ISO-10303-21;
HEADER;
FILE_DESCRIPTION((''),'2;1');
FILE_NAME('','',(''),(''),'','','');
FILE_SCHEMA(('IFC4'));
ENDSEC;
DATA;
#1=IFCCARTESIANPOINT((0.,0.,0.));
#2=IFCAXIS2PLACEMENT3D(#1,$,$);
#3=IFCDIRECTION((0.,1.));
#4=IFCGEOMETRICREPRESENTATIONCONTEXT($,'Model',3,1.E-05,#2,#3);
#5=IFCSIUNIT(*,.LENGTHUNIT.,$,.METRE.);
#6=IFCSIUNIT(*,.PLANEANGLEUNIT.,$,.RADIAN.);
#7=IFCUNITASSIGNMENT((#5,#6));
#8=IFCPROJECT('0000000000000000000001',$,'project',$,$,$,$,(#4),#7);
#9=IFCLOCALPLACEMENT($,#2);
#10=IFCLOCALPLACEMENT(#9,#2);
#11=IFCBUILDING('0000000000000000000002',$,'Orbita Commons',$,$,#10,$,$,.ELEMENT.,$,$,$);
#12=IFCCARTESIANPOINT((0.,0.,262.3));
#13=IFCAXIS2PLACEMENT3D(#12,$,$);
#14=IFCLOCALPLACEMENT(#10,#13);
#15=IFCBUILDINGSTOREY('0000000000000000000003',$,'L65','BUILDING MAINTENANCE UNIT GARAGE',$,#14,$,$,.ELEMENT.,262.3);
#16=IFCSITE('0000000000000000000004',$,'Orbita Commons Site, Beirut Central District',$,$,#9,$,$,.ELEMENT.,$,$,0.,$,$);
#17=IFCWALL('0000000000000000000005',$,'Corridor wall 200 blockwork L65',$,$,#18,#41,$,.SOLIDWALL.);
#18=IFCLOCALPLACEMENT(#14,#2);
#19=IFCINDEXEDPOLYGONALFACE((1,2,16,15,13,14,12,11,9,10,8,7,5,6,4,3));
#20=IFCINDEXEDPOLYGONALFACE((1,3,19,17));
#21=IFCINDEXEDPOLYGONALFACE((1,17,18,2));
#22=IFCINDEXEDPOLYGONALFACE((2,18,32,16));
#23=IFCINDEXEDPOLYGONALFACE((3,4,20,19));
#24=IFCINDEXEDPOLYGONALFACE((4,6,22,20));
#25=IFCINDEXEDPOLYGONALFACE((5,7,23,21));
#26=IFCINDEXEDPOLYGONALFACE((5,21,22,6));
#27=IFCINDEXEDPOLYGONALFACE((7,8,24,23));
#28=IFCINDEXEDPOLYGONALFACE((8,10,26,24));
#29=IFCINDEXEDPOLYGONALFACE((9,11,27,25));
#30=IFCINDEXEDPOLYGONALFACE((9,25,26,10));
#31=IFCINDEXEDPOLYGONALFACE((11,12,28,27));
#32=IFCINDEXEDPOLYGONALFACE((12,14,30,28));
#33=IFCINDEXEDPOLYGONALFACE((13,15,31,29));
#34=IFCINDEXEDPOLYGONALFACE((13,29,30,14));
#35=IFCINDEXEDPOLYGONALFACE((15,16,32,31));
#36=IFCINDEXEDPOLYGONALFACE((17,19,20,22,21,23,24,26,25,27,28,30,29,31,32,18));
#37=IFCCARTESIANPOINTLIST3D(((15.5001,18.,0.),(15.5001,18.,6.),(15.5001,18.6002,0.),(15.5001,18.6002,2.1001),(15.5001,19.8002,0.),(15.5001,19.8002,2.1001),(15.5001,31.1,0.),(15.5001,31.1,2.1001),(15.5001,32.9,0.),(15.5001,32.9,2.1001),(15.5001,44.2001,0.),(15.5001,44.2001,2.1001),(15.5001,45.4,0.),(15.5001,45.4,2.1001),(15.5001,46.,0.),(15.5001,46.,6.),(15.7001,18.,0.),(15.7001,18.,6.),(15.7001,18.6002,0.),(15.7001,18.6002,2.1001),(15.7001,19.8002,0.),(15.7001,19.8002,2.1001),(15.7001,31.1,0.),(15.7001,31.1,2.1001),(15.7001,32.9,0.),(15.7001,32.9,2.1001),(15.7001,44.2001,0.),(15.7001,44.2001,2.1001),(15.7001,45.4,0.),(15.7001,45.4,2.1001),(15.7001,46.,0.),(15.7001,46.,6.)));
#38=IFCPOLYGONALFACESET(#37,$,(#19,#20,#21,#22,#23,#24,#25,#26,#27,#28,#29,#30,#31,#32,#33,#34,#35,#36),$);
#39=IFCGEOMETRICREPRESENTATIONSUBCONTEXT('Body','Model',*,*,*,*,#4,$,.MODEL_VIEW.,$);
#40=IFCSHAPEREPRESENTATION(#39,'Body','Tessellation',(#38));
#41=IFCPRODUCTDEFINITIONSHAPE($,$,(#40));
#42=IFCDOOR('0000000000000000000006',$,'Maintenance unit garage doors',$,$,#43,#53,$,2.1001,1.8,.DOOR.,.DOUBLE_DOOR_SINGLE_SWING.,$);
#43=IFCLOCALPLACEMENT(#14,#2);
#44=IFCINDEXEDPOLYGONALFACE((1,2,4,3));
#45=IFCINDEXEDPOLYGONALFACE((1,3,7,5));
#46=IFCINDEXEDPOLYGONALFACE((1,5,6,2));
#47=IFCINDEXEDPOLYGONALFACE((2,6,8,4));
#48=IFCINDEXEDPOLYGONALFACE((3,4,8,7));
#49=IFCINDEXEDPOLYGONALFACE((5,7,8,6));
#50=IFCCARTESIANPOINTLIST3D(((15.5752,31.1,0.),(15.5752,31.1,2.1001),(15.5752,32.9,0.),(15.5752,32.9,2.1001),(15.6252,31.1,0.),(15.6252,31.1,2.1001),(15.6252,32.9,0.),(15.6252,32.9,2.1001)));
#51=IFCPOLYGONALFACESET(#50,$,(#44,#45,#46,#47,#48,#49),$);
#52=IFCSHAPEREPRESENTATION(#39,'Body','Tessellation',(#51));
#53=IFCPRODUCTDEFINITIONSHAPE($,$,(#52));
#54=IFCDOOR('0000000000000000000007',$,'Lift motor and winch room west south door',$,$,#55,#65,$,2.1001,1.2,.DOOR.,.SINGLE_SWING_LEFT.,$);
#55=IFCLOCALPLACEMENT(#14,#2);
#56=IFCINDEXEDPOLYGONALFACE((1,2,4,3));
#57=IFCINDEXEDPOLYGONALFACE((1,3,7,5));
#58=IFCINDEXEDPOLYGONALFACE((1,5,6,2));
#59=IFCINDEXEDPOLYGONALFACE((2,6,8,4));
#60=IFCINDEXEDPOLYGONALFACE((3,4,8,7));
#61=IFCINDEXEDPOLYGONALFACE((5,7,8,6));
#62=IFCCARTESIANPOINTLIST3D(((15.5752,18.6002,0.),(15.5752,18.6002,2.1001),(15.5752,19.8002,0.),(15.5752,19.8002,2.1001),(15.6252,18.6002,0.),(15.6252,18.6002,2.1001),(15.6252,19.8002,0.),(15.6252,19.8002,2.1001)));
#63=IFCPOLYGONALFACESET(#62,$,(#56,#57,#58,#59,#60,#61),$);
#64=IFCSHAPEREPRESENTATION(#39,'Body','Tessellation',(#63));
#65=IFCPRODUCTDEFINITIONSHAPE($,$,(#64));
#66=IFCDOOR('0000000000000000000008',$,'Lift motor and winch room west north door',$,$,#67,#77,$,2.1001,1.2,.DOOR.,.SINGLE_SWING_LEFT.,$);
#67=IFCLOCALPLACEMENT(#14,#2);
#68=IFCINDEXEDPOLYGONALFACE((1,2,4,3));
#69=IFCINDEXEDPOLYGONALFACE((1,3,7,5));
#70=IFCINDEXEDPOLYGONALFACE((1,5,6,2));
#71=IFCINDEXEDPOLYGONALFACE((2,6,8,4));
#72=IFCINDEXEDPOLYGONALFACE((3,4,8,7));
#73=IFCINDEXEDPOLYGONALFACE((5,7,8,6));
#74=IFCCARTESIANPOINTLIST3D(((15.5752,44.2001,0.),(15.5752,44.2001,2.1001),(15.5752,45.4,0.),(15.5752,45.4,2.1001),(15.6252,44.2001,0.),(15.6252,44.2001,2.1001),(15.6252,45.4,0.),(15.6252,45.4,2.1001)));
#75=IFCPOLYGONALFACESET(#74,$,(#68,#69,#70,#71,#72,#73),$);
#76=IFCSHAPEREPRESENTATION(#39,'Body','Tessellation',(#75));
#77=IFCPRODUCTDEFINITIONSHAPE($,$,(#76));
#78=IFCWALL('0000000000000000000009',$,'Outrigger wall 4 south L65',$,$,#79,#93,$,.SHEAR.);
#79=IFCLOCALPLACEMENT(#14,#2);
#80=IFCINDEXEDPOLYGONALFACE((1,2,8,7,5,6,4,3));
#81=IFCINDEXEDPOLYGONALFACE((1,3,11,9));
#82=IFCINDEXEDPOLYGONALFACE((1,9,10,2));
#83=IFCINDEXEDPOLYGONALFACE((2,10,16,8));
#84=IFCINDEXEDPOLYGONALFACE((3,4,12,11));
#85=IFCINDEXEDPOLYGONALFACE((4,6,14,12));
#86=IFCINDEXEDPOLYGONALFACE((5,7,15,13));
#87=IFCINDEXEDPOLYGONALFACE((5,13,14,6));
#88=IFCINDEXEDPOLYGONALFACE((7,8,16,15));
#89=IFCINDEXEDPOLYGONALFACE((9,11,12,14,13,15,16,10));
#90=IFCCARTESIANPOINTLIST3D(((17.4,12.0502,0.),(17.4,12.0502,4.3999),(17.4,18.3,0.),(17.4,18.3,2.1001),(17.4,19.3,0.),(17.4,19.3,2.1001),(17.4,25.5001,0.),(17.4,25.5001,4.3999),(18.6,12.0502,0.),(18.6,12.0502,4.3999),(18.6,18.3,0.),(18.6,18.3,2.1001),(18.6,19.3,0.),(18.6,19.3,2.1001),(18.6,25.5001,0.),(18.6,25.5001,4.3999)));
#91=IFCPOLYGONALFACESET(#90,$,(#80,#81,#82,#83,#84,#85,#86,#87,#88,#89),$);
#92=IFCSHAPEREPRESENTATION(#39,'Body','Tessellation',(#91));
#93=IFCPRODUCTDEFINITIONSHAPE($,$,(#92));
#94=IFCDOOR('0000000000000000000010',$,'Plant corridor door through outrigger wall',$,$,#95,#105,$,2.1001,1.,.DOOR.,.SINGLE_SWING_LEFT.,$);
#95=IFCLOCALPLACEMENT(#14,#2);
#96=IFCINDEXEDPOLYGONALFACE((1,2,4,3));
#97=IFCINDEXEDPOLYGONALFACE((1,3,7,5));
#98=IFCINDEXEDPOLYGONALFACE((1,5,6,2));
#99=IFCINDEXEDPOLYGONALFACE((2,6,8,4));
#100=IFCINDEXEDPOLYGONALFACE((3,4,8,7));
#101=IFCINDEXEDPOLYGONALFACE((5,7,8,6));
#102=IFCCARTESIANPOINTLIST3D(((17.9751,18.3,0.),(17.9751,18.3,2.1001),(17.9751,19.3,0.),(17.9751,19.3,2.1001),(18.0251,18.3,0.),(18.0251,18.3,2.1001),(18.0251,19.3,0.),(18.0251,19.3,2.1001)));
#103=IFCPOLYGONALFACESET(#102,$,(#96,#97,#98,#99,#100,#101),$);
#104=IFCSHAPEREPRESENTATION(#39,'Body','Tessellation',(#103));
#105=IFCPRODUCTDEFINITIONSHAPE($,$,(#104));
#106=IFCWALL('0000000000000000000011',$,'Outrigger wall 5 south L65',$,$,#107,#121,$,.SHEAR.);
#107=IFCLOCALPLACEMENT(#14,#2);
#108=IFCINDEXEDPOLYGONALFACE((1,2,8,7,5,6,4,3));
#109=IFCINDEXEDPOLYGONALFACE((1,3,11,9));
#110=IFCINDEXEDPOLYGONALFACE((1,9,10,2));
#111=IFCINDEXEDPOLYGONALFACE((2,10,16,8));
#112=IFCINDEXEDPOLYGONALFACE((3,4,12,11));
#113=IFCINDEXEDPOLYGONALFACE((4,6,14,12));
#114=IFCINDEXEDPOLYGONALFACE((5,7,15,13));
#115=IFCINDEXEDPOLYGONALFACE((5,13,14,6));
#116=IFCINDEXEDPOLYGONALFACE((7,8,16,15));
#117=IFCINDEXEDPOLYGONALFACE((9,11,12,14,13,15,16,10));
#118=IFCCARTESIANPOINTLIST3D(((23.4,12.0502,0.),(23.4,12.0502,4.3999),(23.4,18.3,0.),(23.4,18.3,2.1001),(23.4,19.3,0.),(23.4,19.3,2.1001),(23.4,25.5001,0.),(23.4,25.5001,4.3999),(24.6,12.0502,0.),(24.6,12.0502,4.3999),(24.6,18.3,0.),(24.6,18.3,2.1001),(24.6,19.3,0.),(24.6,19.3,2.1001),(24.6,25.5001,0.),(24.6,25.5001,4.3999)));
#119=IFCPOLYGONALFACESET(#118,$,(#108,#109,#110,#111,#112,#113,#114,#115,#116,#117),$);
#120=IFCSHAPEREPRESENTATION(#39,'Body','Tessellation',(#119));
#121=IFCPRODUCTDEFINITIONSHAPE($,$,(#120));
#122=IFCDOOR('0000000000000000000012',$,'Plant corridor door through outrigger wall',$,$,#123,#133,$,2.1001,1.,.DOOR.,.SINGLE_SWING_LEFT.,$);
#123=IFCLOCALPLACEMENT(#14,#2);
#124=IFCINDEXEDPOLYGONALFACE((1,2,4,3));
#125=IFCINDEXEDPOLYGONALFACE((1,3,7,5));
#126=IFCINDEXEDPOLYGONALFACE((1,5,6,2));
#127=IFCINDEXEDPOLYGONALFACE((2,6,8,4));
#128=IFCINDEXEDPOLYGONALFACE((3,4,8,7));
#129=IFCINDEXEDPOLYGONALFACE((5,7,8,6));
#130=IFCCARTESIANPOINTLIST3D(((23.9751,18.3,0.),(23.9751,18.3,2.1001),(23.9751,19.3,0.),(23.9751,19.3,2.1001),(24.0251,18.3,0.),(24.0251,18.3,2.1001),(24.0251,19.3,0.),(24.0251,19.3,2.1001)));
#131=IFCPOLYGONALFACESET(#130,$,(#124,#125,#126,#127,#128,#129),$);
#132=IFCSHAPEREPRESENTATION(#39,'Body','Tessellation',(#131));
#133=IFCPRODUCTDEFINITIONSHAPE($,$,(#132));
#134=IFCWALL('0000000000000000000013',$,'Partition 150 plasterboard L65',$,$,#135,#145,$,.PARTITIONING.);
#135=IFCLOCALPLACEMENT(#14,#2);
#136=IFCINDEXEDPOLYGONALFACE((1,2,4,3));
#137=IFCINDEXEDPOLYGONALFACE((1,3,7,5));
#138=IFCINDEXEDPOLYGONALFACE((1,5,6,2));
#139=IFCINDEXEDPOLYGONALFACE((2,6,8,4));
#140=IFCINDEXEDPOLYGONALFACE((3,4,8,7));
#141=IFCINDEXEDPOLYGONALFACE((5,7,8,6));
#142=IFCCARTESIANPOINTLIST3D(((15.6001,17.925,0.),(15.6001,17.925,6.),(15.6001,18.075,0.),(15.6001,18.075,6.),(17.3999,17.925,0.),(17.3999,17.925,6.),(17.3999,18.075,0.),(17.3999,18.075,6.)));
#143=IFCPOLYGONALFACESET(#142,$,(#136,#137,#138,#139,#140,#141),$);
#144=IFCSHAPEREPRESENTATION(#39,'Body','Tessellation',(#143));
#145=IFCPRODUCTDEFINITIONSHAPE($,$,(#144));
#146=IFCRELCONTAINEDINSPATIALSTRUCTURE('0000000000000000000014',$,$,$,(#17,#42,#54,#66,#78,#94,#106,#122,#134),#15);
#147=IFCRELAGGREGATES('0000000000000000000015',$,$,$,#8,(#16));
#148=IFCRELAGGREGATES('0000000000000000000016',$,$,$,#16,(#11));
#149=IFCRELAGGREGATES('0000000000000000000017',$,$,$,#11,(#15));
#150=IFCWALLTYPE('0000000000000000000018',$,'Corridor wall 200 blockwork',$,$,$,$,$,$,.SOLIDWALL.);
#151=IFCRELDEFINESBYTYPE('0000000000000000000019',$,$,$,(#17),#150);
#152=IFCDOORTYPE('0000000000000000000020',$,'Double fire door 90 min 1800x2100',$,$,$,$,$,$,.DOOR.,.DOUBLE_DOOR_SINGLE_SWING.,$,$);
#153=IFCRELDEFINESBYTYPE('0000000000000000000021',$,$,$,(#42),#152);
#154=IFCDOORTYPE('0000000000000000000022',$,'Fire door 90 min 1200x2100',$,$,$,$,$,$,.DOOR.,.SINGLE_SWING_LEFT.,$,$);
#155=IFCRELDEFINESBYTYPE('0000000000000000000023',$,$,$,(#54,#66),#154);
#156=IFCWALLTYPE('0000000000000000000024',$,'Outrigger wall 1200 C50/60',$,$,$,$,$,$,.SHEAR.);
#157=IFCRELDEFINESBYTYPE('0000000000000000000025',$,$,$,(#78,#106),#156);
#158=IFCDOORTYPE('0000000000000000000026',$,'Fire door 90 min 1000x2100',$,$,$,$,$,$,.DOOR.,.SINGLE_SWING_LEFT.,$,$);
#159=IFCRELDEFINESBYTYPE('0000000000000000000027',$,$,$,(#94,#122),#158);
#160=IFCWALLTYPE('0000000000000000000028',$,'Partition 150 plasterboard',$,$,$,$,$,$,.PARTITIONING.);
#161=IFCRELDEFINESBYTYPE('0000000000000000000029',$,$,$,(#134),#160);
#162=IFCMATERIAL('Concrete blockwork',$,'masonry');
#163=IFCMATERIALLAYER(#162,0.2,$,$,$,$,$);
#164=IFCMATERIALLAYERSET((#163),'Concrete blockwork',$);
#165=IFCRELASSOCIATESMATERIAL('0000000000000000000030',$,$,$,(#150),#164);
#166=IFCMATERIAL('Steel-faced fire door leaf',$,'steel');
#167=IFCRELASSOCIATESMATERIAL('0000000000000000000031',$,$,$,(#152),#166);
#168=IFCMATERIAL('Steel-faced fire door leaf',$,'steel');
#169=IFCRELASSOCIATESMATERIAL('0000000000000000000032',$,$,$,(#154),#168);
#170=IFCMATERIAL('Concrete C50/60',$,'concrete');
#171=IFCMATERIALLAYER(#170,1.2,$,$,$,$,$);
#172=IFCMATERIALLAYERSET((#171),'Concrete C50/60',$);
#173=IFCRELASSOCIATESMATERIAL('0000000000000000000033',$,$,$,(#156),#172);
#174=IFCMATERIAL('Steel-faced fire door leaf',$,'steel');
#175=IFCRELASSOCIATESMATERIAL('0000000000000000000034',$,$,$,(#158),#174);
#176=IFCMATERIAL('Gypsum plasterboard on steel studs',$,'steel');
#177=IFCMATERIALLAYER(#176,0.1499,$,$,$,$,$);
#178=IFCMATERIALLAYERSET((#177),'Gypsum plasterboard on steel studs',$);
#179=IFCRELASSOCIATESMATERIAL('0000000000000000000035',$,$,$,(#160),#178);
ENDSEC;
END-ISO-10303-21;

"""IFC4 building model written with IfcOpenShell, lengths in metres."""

from ifc_helpers import new_model, si_unit, direction, frame, frame_2d, origin, place, context, subcontext, project, spatial, rectangle, extrude, material, layer, layer_set, type_object, element, fill, save


model = new_model("IFC4")

# Units and contexts
model_context = context("Model", 3, precision=1e-05, world=origin(), true_north=direction((0.0, 1.0)))
body_context = subcontext(model_context, "Body", "Model", "MODEL_VIEW")
ifc_project = project(units=[si_unit("LENGTHUNIT", "METRE"), si_unit("PLANEANGLEUNIT", "RADIAN")], contexts=[model_context])

# Site, building, storey
site_placement = place(None, origin())
site = spatial("IfcSite", under=ifc_project, at=site_placement, Name="Orbita Commons Site, Beirut Central District", CompositionType="ELEMENT", RefElevation=0.0)
building_placement = place(site_placement, origin())
building = spatial("IfcBuilding", under=site, at=building_placement, Name="Orbita Commons", CompositionType="ELEMENT")
storey_placement = place(building_placement, frame((0.0, 0.0, 262.3)))
storey = spatial("IfcBuildingStorey", under=building, at=storey_placement, Name="L65", Description="BUILDING MAINTENANCE UNIT GARAGE", CompositionType="ELEMENT", Elevation=262.3)

# Wall, openings, doors
ifc_material_1 = material(Name="Concrete blockwork", Category="masonry")
ifc_layer_1 = layer(ifc_material_1, 0.2)
ifc_layer_set_1 = layer_set([ifc_layer_1], Name="Concrete blockwork")
wall_type_1 = type_object("IfcWallType", Name="Corridor wall 200 blockwork", PredefinedType="SOLIDWALL", material=ifc_layer_set_1)
wall_1_placement = place(storey_placement, frame((15.6001, 18.0, 0.0), z_axis=(0.0, 0.0, 1.0), x_axis=(0.0, 1.0, 0.0)))
wall_1 = element("IfcWall", 1, at=wall_1_placement, inside=storey, type_object=wall_type_1, Name="Corridor wall 200 blockwork L65", PredefinedType="SOLIDWALL", context=body_context, shape_type="SweptSolid", body=[
    extrude(rectangle(XDim=28.0, YDim=0.2, at=frame_2d((14.0, 0.0))), origin(), (0.0, 0.0, 1.0), 6.0),
])
opening_1_placement = place(wall_1_placement, frame((13.1001, 0.0, 0.0)))
opening_1 = element("IfcOpeningElement", 2, at=opening_1_placement, cuts=wall_1, PredefinedType="OPENING", context=body_context, shape_type="SweptSolid", body=[
    extrude(rectangle(XDim=1.8, YDim=2.1001, at=frame_2d((0.8999, 1.05))), frame((0.0, 0.1099, 0.0), z_axis=(0.0, -1.0, 0.0), x_axis=(1.0, 0.0, 0.0)), (0.0, 0.0, 1.0), 0.22),
])
opening_2_placement = place(wall_1_placement, frame((0.6001, 0.0, 0.0)))
opening_2 = element("IfcOpeningElement", 3, at=opening_2_placement, cuts=wall_1, PredefinedType="OPENING", context=body_context, shape_type="SweptSolid", body=[
    extrude(rectangle(XDim=1.2, YDim=2.1001, at=frame_2d((0.6001, 1.05))), frame((0.0, 0.1099, 0.0), z_axis=(0.0, -1.0, 0.0), x_axis=(1.0, 0.0, 0.0)), (0.0, 0.0, 1.0), 0.22),
])
opening_3_placement = place(wall_1_placement, frame((26.2, 0.0, 0.0)))
opening_3 = element("IfcOpeningElement", 4, at=opening_3_placement, cuts=wall_1, PredefinedType="OPENING", context=body_context, shape_type="SweptSolid", body=[
    extrude(rectangle(XDim=1.2, YDim=2.1001, at=frame_2d((0.6001, 1.05))), frame((0.0, 0.1099, 0.0), z_axis=(0.0, -1.0, 0.0), x_axis=(1.0, 0.0, 0.0)), (0.0, 0.0, 1.0), 0.22),
])
ifc_material_2 = material(Name="Steel-faced fire door leaf", Category="steel")
door_type_1 = type_object("IfcDoorType", Name="Double fire door 90 min 1800x2100", OperationType="DOUBLE_DOOR_SINGLE_SWING", PredefinedType="DOOR", material=ifc_material_2)
door_1_placement = place(opening_1_placement, origin())
door_1 = element("IfcDoor", 5, at=door_1_placement, inside=storey, type_object=door_type_1, Name="Maintenance unit garage doors", OperationType="DOUBLE_DOOR_SINGLE_SWING", OverallHeight=2.1001, OverallWidth=1.8, PredefinedType="DOOR", context=body_context, shape_type="SweptSolid", body=[
    extrude(rectangle(XDim=1.8, YDim=2.1001, at=frame_2d((0.8999, 1.05))), frame((0.0, 0.0249, 0.0), z_axis=(0.0, -1.0, 0.0), x_axis=(1.0, 0.0, 0.0)), (0.0, 0.0, 1.0), 0.05),
])
fill(opening_1, door_1)
ifc_material_3 = material(Name="Steel-faced fire door leaf", Category="steel")
door_type_2 = type_object("IfcDoorType", Name="Fire door 90 min 1200x2100", OperationType="SINGLE_SWING_LEFT", PredefinedType="DOOR", material=ifc_material_3)
door_2_placement = place(opening_2_placement, origin())
door_2 = element("IfcDoor", 6, at=door_2_placement, inside=storey, type_object=door_type_2, Name="Lift motor and winch room west south door", OperationType="SINGLE_SWING_LEFT", OverallHeight=2.1001, OverallWidth=1.2, PredefinedType="DOOR", context=body_context, shape_type="SweptSolid", body=[
    extrude(rectangle(XDim=1.2, YDim=2.1001, at=frame_2d((0.6001, 1.05))), frame((0.0, 0.0249, 0.0), z_axis=(0.0, -1.0, 0.0), x_axis=(1.0, 0.0, 0.0)), (0.0, 0.0, 1.0), 0.05),
])
fill(opening_2, door_2)
door_3_placement = place(opening_3_placement, origin())
door_3 = element("IfcDoor", 7, at=door_3_placement, inside=storey, type_object=door_type_2, Name="Lift motor and winch room west north door", OperationType="SINGLE_SWING_LEFT", OverallHeight=2.1001, OverallWidth=1.2, PredefinedType="DOOR", context=body_context, shape_type="SweptSolid", body=[
    extrude(rectangle(XDim=1.2, YDim=2.1001, at=frame_2d((0.6001, 1.05))), frame((0.0, 0.0249, 0.0), z_axis=(0.0, -1.0, 0.0), x_axis=(1.0, 0.0, 0.0)), (0.0, 0.0, 1.0), 0.05),
])
fill(opening_3, door_3)

# Walls, openings, doors
ifc_material_4 = material(Name="Concrete C50/60", Category="concrete")
ifc_layer_2 = layer(ifc_material_4, 1.2)
ifc_layer_set_2 = layer_set([ifc_layer_2], Name="Concrete C50/60")
wall_type_2 = type_object("IfcWallType", Name="Outrigger wall 1200 C50/60", PredefinedType="SHEAR", material=ifc_layer_set_2)
wall_2_placement = place(storey_placement, frame((18.0, 12.05, 0.0), z_axis=(0.0, 0.0, 1.0), x_axis=(0.0, 1.0, 0.0)))
wall_2 = element("IfcWall", 8, at=wall_2_placement, inside=storey, type_object=wall_type_2, Name="Outrigger wall 4 south L65", PredefinedType="SHEAR", context=body_context, shape_type="SweptSolid", body=[
    extrude(rectangle(XDim=13.45, YDim=1.2, at=frame_2d((6.7251, 0.0))), origin(), (0.0, 0.0, 1.0), 4.3999),
])
opening_4_placement = place(wall_2_placement, frame((6.25, 0.0, 0.0)))
opening_4 = element("IfcOpeningElement", 9, at=opening_4_placement, cuts=wall_2, PredefinedType="OPENING", context=body_context, shape_type="SweptSolid", body=[
    extrude(rectangle(XDim=1.0, YDim=2.1001, at=frame_2d((0.5, 1.05))), frame((0.0, 0.6099, 0.0), z_axis=(0.0, -1.0, 0.0), x_axis=(1.0, 0.0, 0.0)), (0.0, 0.0, 1.0), 1.22),
])
ifc_material_5 = material(Name="Steel-faced fire door leaf", Category="steel")
door_type_3 = type_object("IfcDoorType", Name="Fire door 90 min 1000x2100", OperationType="SINGLE_SWING_LEFT", PredefinedType="DOOR", material=ifc_material_5)
door_4_placement = place(opening_4_placement, origin())
door_4 = element("IfcDoor", 10, at=door_4_placement, inside=storey, type_object=door_type_3, Name="Plant corridor door through outrigger wall", OperationType="SINGLE_SWING_LEFT", OverallHeight=2.1001, OverallWidth=1.0, PredefinedType="DOOR", context=body_context, shape_type="SweptSolid", body=[
    extrude(rectangle(XDim=1.0, YDim=2.1001, at=frame_2d((0.5, 1.05))), frame((0.0, 0.0249, 0.0), z_axis=(0.0, -1.0, 0.0), x_axis=(1.0, 0.0, 0.0)), (0.0, 0.0, 1.0), 0.05),
])
fill(opening_4, door_4)
wall_3_placement = place(storey_placement, frame((24.0, 12.05, 0.0), z_axis=(0.0, 0.0, 1.0), x_axis=(0.0, 1.0, 0.0)))
wall_3 = element("IfcWall", 11, at=wall_3_placement, inside=storey, type_object=wall_type_2, Name="Outrigger wall 5 south L65", PredefinedType="SHEAR", context=body_context, shape_type="SweptSolid", body=[
    extrude(rectangle(XDim=13.45, YDim=1.2, at=frame_2d((6.7251, 0.0))), origin(), (0.0, 0.0, 1.0), 4.3999),
])
opening_5_placement = place(wall_3_placement, frame((6.25, 0.0, 0.0)))
opening_5 = element("IfcOpeningElement", 12, at=opening_5_placement, cuts=wall_3, PredefinedType="OPENING", context=body_context, shape_type="SweptSolid", body=[
    extrude(rectangle(XDim=1.0, YDim=2.1001, at=frame_2d((0.5, 1.05))), frame((0.0, 0.6099, 0.0), z_axis=(0.0, -1.0, 0.0), x_axis=(1.0, 0.0, 0.0)), (0.0, 0.0, 1.0), 1.22),
])
door_5_placement = place(opening_5_placement, origin())
door_5 = element("IfcDoor", 13, at=door_5_placement, inside=storey, type_object=door_type_3, Name="Plant corridor door through outrigger wall", OperationType="SINGLE_SWING_LEFT", OverallHeight=2.1001, OverallWidth=1.0, PredefinedType="DOOR", context=body_context, shape_type="SweptSolid", body=[
    extrude(rectangle(XDim=1.0, YDim=2.1001, at=frame_2d((0.5, 1.05))), frame((0.0, 0.0249, 0.0), z_axis=(0.0, -1.0, 0.0), x_axis=(1.0, 0.0, 0.0)), (0.0, 0.0, 1.0), 0.05),
])
fill(opening_5, door_5)

# Wall
ifc_material_6 = material(Name="Gypsum plasterboard on steel studs", Category="steel")
ifc_layer_3 = layer(ifc_material_6, 0.1499)
ifc_layer_set_3 = layer_set([ifc_layer_3], Name="Gypsum plasterboard on steel studs")
wall_type_3 = type_object("IfcWallType", Name="Partition 150 plasterboard", PredefinedType="PARTITIONING", material=ifc_layer_set_3)
wall_4_placement = place(storey_placement, frame((15.6001, 18.0, 0.0), z_axis=(0.0, 0.0, 1.0), x_axis=(1.0, 0.0, 0.0)))
element("IfcWall", 14, at=wall_4_placement, inside=storey, type_object=wall_type_3, Name="Partition 150 plasterboard L65", PredefinedType="PARTITIONING", context=body_context, shape_type="SweptSolid", body=[
    extrude(rectangle(XDim=1.7998, YDim=0.1499, at=frame_2d((0.8999, 0.0))), origin(), (0.0, 0.0, 1.0), 6.0),
])

save(model, "model.ifc")
